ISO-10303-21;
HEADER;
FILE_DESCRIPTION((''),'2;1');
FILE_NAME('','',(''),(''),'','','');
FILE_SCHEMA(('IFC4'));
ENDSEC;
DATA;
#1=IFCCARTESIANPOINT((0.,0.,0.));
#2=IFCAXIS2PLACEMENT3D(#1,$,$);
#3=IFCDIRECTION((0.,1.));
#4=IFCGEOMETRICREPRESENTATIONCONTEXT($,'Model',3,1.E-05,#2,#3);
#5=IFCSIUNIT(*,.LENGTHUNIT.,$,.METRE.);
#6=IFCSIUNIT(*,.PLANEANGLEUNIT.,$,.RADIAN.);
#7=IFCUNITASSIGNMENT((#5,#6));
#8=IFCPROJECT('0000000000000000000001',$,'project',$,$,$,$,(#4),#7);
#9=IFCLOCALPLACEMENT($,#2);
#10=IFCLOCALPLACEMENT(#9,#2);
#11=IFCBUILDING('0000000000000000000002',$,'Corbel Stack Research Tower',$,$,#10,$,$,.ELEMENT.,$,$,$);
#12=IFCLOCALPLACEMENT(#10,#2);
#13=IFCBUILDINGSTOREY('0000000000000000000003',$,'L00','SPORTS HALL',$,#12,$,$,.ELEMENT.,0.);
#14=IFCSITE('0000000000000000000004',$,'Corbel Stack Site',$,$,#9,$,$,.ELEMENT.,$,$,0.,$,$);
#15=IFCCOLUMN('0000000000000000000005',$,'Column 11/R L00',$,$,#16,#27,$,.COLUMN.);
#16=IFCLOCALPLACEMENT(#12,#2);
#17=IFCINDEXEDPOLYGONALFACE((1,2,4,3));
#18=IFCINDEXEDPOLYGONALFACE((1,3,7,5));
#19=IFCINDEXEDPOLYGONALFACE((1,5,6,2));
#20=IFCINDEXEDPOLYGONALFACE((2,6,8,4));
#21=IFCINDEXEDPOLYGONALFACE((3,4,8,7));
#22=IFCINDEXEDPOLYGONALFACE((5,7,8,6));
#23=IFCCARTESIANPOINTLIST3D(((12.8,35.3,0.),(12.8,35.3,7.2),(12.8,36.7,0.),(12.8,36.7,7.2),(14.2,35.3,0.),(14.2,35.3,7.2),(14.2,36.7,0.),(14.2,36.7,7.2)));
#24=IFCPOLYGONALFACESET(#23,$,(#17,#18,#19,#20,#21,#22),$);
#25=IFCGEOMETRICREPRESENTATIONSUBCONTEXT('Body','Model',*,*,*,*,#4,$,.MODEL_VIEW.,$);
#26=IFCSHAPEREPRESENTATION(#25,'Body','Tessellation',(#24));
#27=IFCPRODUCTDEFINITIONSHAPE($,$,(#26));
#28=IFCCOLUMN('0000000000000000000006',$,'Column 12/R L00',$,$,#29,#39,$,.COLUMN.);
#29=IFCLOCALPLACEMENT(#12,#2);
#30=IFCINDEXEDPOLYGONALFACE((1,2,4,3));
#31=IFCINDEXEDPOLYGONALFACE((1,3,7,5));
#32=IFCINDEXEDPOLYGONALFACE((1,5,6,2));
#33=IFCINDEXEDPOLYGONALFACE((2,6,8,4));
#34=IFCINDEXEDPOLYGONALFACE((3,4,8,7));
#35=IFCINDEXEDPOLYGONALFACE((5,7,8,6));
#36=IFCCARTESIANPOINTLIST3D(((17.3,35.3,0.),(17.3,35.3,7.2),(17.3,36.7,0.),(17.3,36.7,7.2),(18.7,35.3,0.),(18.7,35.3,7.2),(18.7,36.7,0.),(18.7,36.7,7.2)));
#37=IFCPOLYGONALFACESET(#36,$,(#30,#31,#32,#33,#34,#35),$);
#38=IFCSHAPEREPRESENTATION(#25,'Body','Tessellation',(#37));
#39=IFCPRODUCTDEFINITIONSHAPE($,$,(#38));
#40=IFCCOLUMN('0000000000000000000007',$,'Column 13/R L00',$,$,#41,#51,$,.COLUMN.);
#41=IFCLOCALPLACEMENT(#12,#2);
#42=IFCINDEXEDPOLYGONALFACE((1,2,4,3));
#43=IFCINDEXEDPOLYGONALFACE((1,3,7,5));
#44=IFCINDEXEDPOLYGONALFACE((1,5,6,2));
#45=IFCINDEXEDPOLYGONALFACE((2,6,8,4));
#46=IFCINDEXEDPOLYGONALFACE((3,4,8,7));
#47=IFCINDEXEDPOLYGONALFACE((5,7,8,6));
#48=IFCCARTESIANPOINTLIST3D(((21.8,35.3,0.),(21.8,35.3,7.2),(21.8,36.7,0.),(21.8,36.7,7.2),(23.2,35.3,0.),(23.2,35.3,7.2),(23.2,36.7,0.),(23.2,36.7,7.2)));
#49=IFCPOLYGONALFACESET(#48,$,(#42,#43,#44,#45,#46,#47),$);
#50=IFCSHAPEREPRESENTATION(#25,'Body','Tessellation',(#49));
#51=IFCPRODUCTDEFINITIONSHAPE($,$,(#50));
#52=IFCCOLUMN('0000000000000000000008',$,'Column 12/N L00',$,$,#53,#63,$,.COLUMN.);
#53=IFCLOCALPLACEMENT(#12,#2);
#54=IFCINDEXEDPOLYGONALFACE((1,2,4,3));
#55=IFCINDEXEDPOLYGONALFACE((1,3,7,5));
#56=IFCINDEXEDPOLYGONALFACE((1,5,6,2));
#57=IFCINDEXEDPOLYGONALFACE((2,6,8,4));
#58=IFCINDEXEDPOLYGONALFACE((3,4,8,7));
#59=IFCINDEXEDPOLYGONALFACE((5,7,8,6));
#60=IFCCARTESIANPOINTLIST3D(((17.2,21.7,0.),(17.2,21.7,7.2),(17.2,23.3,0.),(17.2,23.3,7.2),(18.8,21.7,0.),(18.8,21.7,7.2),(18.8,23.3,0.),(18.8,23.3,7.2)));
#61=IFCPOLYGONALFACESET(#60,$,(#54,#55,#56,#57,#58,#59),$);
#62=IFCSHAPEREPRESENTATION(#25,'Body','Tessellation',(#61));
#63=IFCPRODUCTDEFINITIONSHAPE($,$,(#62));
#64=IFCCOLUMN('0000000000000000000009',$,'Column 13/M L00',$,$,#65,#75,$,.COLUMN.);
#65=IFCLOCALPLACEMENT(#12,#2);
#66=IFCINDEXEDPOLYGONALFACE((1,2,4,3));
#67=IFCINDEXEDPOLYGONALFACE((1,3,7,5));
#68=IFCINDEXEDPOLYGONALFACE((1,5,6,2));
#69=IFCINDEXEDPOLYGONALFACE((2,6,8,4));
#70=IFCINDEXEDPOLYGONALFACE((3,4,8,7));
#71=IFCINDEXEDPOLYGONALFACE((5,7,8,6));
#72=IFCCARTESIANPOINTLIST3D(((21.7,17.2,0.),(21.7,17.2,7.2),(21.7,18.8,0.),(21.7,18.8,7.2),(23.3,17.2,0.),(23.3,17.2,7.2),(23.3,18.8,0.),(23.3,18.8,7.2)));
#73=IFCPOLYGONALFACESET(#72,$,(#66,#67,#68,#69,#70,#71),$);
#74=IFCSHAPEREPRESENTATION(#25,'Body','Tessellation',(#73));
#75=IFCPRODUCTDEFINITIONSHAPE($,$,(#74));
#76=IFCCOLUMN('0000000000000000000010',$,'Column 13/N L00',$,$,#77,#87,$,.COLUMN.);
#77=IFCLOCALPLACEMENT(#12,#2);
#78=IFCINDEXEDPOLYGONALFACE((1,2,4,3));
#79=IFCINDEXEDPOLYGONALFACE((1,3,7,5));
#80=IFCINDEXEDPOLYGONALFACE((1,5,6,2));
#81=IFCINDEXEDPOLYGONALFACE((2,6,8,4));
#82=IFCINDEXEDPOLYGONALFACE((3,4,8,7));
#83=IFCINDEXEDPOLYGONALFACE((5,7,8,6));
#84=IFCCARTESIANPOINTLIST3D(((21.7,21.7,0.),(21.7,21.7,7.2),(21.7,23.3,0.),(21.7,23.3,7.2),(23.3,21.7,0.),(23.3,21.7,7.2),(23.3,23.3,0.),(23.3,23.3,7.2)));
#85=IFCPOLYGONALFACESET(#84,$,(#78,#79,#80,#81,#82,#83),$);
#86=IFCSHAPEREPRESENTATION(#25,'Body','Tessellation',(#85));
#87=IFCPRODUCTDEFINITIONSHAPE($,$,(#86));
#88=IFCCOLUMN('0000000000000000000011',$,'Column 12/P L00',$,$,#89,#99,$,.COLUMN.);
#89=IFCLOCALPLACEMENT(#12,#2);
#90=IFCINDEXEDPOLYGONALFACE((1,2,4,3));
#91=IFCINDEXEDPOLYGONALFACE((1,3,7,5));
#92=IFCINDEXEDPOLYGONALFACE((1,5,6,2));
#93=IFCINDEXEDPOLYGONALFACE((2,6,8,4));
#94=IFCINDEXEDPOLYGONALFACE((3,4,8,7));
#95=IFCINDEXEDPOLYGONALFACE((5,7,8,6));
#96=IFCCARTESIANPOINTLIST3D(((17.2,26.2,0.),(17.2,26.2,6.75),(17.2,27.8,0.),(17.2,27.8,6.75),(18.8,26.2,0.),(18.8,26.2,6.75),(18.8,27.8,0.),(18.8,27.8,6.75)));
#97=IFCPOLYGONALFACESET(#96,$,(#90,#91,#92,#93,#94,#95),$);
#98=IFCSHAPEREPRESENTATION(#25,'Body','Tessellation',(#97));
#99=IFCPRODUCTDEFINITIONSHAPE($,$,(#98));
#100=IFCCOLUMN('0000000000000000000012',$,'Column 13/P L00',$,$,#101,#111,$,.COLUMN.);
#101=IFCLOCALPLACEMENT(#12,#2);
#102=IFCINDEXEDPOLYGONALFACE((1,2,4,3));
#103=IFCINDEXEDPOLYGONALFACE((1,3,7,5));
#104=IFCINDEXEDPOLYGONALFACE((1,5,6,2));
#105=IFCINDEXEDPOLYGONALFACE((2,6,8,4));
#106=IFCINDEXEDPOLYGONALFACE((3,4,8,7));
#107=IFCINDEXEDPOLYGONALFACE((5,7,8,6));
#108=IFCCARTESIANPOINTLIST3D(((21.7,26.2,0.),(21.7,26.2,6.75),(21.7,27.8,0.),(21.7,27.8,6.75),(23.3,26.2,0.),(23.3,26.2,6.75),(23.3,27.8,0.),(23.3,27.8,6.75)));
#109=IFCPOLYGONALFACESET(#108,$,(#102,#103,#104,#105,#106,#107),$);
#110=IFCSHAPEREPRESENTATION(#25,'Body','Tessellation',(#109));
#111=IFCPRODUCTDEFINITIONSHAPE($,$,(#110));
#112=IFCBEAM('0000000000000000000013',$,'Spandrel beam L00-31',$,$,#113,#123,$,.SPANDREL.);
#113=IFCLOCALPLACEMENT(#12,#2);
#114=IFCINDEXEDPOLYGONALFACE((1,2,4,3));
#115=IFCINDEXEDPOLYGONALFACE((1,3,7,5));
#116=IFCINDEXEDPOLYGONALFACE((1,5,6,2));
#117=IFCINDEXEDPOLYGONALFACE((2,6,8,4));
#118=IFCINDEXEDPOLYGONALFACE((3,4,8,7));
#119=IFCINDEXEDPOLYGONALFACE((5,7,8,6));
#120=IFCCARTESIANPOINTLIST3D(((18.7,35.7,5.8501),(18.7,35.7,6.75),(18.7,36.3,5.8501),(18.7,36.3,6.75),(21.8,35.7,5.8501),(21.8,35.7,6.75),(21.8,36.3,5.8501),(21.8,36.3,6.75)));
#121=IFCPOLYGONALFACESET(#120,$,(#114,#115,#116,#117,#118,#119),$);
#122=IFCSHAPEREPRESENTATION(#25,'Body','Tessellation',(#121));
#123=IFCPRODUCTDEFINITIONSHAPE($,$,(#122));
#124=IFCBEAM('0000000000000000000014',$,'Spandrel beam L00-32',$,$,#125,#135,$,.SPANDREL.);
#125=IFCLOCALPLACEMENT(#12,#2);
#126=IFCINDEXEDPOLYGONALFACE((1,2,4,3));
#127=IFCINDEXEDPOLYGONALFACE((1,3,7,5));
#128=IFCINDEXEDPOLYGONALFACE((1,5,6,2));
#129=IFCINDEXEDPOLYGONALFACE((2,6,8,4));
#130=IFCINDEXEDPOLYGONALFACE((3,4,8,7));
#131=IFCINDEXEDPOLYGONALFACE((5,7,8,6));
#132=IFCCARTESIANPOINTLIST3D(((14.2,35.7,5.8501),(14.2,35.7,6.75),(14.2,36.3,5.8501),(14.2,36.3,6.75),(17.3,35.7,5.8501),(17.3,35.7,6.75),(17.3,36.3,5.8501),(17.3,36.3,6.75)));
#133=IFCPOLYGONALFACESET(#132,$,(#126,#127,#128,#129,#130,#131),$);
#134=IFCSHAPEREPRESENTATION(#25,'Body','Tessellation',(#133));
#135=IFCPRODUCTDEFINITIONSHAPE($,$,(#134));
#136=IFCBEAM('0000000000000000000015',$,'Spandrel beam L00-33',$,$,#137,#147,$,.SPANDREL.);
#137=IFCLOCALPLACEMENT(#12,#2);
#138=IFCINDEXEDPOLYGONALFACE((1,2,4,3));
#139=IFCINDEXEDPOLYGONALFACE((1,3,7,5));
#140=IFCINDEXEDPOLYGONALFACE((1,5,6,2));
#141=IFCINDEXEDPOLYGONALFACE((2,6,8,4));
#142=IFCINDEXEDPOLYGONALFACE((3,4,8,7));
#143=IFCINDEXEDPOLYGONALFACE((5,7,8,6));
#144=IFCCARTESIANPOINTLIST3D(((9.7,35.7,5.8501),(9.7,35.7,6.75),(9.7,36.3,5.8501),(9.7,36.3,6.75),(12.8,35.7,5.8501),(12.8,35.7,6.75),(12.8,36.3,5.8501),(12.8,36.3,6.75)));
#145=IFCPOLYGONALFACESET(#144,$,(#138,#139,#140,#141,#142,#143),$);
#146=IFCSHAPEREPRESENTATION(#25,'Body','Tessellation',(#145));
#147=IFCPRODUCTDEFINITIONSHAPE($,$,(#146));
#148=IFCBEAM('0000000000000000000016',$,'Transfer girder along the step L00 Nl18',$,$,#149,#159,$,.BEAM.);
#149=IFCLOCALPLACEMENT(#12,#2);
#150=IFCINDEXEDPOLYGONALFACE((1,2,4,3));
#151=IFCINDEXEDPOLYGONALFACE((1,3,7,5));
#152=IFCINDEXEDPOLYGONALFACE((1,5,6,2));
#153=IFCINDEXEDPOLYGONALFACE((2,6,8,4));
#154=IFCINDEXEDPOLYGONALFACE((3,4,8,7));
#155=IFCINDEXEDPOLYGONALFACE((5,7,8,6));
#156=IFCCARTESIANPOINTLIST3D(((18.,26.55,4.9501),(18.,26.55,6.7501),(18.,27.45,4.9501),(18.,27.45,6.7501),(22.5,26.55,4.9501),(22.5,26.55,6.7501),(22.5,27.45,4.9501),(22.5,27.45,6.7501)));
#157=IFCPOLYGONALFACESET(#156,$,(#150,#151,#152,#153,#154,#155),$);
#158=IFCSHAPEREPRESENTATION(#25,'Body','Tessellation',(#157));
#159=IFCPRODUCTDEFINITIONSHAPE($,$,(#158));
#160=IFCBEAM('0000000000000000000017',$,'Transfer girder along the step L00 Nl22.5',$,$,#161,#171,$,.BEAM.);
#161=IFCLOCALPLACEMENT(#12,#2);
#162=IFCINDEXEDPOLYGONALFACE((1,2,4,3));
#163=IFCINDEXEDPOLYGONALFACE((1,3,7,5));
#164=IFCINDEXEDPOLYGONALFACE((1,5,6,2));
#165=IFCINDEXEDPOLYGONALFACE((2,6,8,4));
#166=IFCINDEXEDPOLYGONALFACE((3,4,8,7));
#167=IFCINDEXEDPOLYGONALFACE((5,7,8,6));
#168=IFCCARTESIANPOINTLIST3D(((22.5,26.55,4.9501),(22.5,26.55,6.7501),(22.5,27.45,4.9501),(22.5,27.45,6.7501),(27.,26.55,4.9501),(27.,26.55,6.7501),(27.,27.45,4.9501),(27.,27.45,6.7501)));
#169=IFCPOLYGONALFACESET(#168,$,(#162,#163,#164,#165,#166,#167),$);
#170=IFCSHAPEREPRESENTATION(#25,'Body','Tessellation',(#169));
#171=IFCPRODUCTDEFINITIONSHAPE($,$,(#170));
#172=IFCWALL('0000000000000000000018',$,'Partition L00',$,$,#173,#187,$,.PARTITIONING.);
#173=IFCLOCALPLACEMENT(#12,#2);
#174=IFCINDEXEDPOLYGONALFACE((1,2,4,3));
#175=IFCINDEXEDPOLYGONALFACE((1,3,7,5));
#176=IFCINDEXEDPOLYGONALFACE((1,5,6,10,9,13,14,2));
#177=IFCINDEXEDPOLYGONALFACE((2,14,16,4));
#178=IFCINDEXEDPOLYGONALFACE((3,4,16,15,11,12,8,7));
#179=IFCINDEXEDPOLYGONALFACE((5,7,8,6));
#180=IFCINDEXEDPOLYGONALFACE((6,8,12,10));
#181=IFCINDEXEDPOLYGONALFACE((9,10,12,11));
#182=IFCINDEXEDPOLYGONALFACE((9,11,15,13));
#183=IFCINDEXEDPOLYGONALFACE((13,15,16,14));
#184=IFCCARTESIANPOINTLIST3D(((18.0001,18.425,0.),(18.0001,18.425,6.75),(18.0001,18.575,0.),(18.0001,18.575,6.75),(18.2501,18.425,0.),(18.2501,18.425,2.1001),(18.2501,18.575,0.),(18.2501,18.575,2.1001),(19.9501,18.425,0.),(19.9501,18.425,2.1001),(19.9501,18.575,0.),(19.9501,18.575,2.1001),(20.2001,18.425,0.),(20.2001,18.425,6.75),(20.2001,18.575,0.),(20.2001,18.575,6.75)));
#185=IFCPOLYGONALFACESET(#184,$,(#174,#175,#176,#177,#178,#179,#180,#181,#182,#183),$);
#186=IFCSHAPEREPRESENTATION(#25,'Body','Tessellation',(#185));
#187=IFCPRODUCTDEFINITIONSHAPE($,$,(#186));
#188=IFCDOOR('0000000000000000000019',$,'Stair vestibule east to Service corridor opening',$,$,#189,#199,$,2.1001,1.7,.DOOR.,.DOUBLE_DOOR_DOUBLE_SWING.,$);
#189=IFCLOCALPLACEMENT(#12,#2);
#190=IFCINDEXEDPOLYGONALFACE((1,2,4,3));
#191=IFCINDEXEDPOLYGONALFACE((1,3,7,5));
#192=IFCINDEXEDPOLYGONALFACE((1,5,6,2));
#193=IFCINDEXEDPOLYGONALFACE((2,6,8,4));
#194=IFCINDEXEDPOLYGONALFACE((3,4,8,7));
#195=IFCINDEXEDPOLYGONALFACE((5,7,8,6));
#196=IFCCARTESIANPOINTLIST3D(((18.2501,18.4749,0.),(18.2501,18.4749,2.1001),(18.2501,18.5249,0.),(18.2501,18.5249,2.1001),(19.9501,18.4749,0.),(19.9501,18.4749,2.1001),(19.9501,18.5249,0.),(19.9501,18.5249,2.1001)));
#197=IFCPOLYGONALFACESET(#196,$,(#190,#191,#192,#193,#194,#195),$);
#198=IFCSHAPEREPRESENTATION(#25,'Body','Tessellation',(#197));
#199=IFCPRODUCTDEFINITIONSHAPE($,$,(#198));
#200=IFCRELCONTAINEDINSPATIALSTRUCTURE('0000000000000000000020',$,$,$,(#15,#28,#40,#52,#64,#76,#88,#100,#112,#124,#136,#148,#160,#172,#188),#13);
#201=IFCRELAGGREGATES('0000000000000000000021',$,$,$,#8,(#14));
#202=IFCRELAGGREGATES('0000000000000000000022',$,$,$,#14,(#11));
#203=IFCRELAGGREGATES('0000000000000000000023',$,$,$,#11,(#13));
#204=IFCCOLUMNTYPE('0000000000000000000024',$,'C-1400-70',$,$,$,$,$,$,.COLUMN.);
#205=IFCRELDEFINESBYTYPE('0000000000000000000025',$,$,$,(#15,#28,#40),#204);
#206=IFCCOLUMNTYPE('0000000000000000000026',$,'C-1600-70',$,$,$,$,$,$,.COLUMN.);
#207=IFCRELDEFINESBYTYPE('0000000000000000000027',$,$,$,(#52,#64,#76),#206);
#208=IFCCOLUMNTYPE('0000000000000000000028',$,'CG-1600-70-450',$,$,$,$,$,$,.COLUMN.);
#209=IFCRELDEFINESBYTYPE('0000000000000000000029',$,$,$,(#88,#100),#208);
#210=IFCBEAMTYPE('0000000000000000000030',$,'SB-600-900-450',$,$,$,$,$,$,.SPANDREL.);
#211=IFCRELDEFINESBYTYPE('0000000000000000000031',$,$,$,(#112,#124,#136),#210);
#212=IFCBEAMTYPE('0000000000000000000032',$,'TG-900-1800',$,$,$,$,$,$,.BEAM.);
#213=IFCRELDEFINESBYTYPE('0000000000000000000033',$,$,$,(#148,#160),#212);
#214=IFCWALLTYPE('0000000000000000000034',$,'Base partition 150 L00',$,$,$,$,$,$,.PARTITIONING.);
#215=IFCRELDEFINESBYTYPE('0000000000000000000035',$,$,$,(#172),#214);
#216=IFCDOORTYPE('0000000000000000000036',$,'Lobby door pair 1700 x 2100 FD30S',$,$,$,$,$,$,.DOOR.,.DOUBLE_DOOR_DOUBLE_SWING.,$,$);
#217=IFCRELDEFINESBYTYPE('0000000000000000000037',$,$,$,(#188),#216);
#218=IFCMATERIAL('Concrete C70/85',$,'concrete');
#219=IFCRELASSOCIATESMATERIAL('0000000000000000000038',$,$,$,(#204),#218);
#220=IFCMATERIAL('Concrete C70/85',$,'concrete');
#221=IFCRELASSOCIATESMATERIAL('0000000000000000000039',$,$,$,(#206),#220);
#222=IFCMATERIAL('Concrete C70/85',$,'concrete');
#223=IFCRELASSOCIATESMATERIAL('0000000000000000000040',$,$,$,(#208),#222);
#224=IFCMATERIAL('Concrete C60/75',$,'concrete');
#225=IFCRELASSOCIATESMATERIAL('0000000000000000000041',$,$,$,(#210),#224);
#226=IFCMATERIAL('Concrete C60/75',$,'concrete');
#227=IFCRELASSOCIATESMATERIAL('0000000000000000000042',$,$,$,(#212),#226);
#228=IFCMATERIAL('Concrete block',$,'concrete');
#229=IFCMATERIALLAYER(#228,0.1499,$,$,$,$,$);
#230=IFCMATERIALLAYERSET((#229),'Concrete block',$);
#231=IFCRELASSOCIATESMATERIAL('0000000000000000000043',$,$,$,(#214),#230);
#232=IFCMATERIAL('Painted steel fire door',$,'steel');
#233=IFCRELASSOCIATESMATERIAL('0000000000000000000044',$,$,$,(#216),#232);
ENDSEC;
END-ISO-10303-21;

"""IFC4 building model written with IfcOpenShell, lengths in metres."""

from ifc_helpers import new_model, si_unit, direction, frame, frame_2d, origin, origin_2d, place, context, subcontext, project, spatial, rectangle, extrude, material, layer, layer_set, material_profile, profile_set, type_object, element, fill, save


model = new_model("IFC4")

# Units and contexts
model_context = context("Model", 3, precision=1e-05, world=origin(), true_north=direction((0.0, 1.0)))
body_context = subcontext(model_context, "Body", "Model", "MODEL_VIEW")
ifc_project = project(units=[si_unit("LENGTHUNIT", "METRE"), si_unit("PLANEANGLEUNIT", "RADIAN")], contexts=[model_context])

# Site, building, storey
site_placement = place(None, origin())
site = spatial("IfcSite", under=ifc_project, at=site_placement, Name="Corbel Stack Site", CompositionType="ELEMENT", RefElevation=0.0)
building_placement = place(site_placement, origin())
building = spatial("IfcBuilding", under=site, at=building_placement, Name="Corbel Stack Research Tower", CompositionType="ELEMENT")
storey_placement = place(building_placement, origin())
storey = spatial("IfcBuildingStorey", under=building, at=storey_placement, Name="L00", Description="SPORTS HALL", CompositionType="ELEMENT", Elevation=0.0)

# Columns
ifc_material_1 = material(Name="Concrete C70/85", Category="concrete")
ifc_material_profile_1 = material_profile(ifc_material_1, rectangle(XDim=1.3999, YDim=1.3999, at=origin_2d()), Name="RC 1400 x 1400")
ifc_profile_set_1 = profile_set([ifc_material_profile_1], Name="Concrete C70/85")
column_type_1 = type_object("IfcColumnType", Name="C-1400-70", PredefinedType="COLUMN", material=ifc_profile_set_1)
for number, where, z_axis, x_axis, name in (
    (1, (13.5, 36.0, 0.0), (0.0, 0.0, 1.0), (1.0, 0.0, 0.0), "Column 11/R L00"),
    (2, (18.0, 36.0, 0.0), (0.0, 0.0, 1.0), (1.0, 0.0, 0.0), "Column 12/R L00"),
    (3, (22.5, 36.0, 0.0), (0.0, 0.0, 1.0), (1.0, 0.0, 0.0), "Column 13/R L00"),
):
    element("IfcColumn", number, at=place(storey_placement, frame(where, z_axis=z_axis, x_axis=x_axis)), inside=storey, type_object=column_type_1, Name=name, PredefinedType="COLUMN", context=body_context, shape_type="SweptSolid", body=[
        extrude(rectangle(XDim=1.3999, YDim=1.3999, at=origin_2d()), origin(), (0.0, 0.0, 1.0), 7.2),
    ])
ifc_material_2 = material(Name="Concrete C70/85", Category="concrete")
ifc_material_profile_2 = material_profile(ifc_material_2, rectangle(XDim=1.6001, YDim=1.6001, at=origin_2d()), Name="RC 1600 x 1600")
ifc_profile_set_2 = profile_set([ifc_material_profile_2], Name="Concrete C70/85")
column_type_2 = type_object("IfcColumnType", Name="C-1600-70", PredefinedType="COLUMN", material=ifc_profile_set_2)
for number, where, z_axis, x_axis, name in (
    (4, (18.0, 22.5, 0.0), (0.0, 0.0, 1.0), (1.0, 0.0, 0.0), "Column 12/N L00"),
    (5, (22.5, 18.0, 0.0), (0.0, 0.0, 1.0), (1.0, 0.0, 0.0), "Column 13/M L00"),
    (6, (22.5, 22.5, 0.0), (0.0, 0.0, 1.0), (1.0, 0.0, 0.0), "Column 13/N L00"),
):
    element("IfcColumn", number, at=place(storey_placement, frame(where, z_axis=z_axis, x_axis=x_axis)), inside=storey, type_object=column_type_2, Name=name, PredefinedType="COLUMN", context=body_context, shape_type="SweptSolid", body=[
        extrude(rectangle(XDim=1.6001, YDim=1.6001, at=origin_2d()), origin(), (0.0, 0.0, 1.0), 7.2),
    ])
ifc_material_3 = material(Name="Concrete C70/85", Category="concrete")
ifc_material_profile_3 = material_profile(ifc_material_3, rectangle(XDim=1.6001, YDim=1.6001, at=origin_2d()), Name="RC 1600 x 1600")
ifc_profile_set_3 = profile_set([ifc_material_profile_3], Name="Concrete C70/85")
column_type_3 = type_object("IfcColumnType", Name="CG-1600-70-450", PredefinedType="COLUMN", material=ifc_profile_set_3)
for number, where, z_axis, x_axis, name in (
    (7, (18.0, 27.0, 0.0), (0.0, 0.0, 1.0), (1.0, 0.0, 0.0), "Column 12/P L00"),
    (8, (22.5, 27.0, 0.0), (0.0, 0.0, 1.0), (1.0, 0.0, 0.0), "Column 13/P L00"),
):
    element("IfcColumn", number, at=place(storey_placement, frame(where, z_axis=z_axis, x_axis=x_axis)), inside=storey, type_object=column_type_3, Name=name, PredefinedType="COLUMN", context=body_context, shape_type="SweptSolid", body=[
        extrude(rectangle(XDim=1.6001, YDim=1.6001, at=origin_2d()), origin(), (0.0, 0.0, 1.0), 6.75),
    ])

# Beams
ifc_material_4 = material(Name="Concrete C60/75", Category="concrete")
ifc_material_profile_4 = material_profile(ifc_material_4, rectangle(XDim=0.6001, YDim=0.8999, at=origin_2d()), Name="RC 600 x 900")
ifc_profile_set_4 = profile_set([ifc_material_profile_4], Name="Concrete C60/75")
beam_type_1 = type_object("IfcBeamType", Name="SB-600-900-450", PredefinedType="SPANDREL", material=ifc_profile_set_4)
for number, where, z_axis, x_axis, name in (
    (9, (21.8, 36.0, 6.3), (-1.0, 0.0, 0.0), (0.0, -1.0, 0.0), "Spandrel beam L00-31"),
    (10, (17.3, 36.0, 6.3), (-1.0, 0.0, 0.0), (0.0, -1.0, 0.0), "Spandrel beam L00-32"),
    (11, (12.8, 36.0, 6.3), (-1.0, 0.0, 0.0), (0.0, -1.0, 0.0), "Spandrel beam L00-33"),
):
    element("IfcBeam", number, at=place(storey_placement, frame(where, z_axis=z_axis, x_axis=x_axis)), inside=storey, type_object=beam_type_1, Name=name, PredefinedType="SPANDREL", context=body_context, shape_type="SweptSolid", body=[
        extrude(rectangle(XDim=0.6001, YDim=0.8999, at=origin_2d()), origin(), (0.0, 0.0, 1.0), 3.1001),
    ])
ifc_material_5 = material(Name="Concrete C60/75", Category="concrete")
ifc_material_profile_5 = material_profile(ifc_material_5, rectangle(XDim=0.8999, YDim=1.8, at=origin_2d()), Name="RC 900 x 1800")
ifc_profile_set_5 = profile_set([ifc_material_profile_5], Name="Concrete C60/75")
beam_type_2 = type_object("IfcBeamType", Name="TG-900-1800", PredefinedType="BEAM", material=ifc_profile_set_5)
for number, where, z_axis, x_axis, name in (
    (12, (18.0, 27.0, 5.8501), (1.0, 0.0, 0.0), (0.0, 1.0, 0.0), "Transfer girder along the step L00 Nl18"),
    (13, (22.5, 27.0, 5.8501), (1.0, 0.0, 0.0), (0.0, 1.0, 0.0), "Transfer girder along the step L00 Nl22.5"),
):
    element("IfcBeam", number, at=place(storey_placement, frame(where, z_axis=z_axis, x_axis=x_axis)), inside=storey, type_object=beam_type_2, Name=name, PredefinedType="BEAM", context=body_context, shape_type="SweptSolid", body=[
        extrude(rectangle(XDim=0.8999, YDim=1.8, at=origin_2d()), origin(), (0.0, 0.0, 1.0), 4.5),
    ])

# Wall, opening, door
ifc_material_6 = material(Name="Concrete block", Category="concrete")
ifc_layer_1 = layer(ifc_material_6, 0.1499)
ifc_layer_set_1 = layer_set([ifc_layer_1], Name="Concrete block")
wall_type_1 = type_object("IfcWallType", Name="Base partition 150 L00", PredefinedType="PARTITIONING", material=ifc_layer_set_1)
wall_1_placement = place(storey_placement, frame((18.0, 18.5, 0.0), z_axis=(0.0, 0.0, 1.0), x_axis=(1.0, 0.0, 0.0)))
wall_1 = element("IfcWall", 14, at=wall_1_placement, inside=storey, type_object=wall_type_1, Name="Partition L00", PredefinedType="PARTITIONING", context=body_context, shape_type="SweptSolid", body=[
    extrude(rectangle(XDim=2.2, YDim=0.1499, at=frame_2d((1.1001, 0.0))), origin(), (0.0, 0.0, 1.0), 6.75),
])
opening_1_placement = place(wall_1_placement, frame((0.25, 0.0, 0.0)))
opening_1 = element("IfcOpeningElement", 15, at=opening_1_placement, cuts=wall_1, PredefinedType="OPENING", context=body_context, shape_type="SweptSolid", body=[
    extrude(rectangle(XDim=1.7, YDim=2.1001, at=frame_2d((0.8501, 1.05))), frame((0.0, 0.085, 0.0), z_axis=(0.0, -1.0, 0.0), x_axis=(1.0, 0.0, 0.0)), (0.0, 0.0, 1.0), 0.1699),
])
ifc_material_7 = material(Name="Painted steel fire door", Category="steel")
door_type_1 = type_object("IfcDoorType", Name="Lobby door pair 1700 x 2100 FD30S", OperationType="DOUBLE_DOOR_DOUBLE_SWING", PredefinedType="DOOR", material=ifc_material_7)
door_1_placement = place(opening_1_placement, origin())
door_1 = element("IfcDoor", 16, at=door_1_placement, inside=storey, type_object=door_type_1, Name="Stair vestibule east to Service corridor opening", OperationType="DOUBLE_DOOR_DOUBLE_SWING", OverallHeight=2.1001, OverallWidth=1.7, PredefinedType="DOOR", context=body_context, shape_type="SweptSolid", body=[
    extrude(rectangle(XDim=1.7, YDim=2.1001, at=frame_2d((0.8501, 1.05))), frame((0.0, 0.0249, 0.0), z_axis=(0.0, -1.0, 0.0), x_axis=(1.0, 0.0, 0.0)), (0.0, 0.0, 1.0), 0.05),
])
fill(opening_1, door_1)

save(model, "model.ifc")
